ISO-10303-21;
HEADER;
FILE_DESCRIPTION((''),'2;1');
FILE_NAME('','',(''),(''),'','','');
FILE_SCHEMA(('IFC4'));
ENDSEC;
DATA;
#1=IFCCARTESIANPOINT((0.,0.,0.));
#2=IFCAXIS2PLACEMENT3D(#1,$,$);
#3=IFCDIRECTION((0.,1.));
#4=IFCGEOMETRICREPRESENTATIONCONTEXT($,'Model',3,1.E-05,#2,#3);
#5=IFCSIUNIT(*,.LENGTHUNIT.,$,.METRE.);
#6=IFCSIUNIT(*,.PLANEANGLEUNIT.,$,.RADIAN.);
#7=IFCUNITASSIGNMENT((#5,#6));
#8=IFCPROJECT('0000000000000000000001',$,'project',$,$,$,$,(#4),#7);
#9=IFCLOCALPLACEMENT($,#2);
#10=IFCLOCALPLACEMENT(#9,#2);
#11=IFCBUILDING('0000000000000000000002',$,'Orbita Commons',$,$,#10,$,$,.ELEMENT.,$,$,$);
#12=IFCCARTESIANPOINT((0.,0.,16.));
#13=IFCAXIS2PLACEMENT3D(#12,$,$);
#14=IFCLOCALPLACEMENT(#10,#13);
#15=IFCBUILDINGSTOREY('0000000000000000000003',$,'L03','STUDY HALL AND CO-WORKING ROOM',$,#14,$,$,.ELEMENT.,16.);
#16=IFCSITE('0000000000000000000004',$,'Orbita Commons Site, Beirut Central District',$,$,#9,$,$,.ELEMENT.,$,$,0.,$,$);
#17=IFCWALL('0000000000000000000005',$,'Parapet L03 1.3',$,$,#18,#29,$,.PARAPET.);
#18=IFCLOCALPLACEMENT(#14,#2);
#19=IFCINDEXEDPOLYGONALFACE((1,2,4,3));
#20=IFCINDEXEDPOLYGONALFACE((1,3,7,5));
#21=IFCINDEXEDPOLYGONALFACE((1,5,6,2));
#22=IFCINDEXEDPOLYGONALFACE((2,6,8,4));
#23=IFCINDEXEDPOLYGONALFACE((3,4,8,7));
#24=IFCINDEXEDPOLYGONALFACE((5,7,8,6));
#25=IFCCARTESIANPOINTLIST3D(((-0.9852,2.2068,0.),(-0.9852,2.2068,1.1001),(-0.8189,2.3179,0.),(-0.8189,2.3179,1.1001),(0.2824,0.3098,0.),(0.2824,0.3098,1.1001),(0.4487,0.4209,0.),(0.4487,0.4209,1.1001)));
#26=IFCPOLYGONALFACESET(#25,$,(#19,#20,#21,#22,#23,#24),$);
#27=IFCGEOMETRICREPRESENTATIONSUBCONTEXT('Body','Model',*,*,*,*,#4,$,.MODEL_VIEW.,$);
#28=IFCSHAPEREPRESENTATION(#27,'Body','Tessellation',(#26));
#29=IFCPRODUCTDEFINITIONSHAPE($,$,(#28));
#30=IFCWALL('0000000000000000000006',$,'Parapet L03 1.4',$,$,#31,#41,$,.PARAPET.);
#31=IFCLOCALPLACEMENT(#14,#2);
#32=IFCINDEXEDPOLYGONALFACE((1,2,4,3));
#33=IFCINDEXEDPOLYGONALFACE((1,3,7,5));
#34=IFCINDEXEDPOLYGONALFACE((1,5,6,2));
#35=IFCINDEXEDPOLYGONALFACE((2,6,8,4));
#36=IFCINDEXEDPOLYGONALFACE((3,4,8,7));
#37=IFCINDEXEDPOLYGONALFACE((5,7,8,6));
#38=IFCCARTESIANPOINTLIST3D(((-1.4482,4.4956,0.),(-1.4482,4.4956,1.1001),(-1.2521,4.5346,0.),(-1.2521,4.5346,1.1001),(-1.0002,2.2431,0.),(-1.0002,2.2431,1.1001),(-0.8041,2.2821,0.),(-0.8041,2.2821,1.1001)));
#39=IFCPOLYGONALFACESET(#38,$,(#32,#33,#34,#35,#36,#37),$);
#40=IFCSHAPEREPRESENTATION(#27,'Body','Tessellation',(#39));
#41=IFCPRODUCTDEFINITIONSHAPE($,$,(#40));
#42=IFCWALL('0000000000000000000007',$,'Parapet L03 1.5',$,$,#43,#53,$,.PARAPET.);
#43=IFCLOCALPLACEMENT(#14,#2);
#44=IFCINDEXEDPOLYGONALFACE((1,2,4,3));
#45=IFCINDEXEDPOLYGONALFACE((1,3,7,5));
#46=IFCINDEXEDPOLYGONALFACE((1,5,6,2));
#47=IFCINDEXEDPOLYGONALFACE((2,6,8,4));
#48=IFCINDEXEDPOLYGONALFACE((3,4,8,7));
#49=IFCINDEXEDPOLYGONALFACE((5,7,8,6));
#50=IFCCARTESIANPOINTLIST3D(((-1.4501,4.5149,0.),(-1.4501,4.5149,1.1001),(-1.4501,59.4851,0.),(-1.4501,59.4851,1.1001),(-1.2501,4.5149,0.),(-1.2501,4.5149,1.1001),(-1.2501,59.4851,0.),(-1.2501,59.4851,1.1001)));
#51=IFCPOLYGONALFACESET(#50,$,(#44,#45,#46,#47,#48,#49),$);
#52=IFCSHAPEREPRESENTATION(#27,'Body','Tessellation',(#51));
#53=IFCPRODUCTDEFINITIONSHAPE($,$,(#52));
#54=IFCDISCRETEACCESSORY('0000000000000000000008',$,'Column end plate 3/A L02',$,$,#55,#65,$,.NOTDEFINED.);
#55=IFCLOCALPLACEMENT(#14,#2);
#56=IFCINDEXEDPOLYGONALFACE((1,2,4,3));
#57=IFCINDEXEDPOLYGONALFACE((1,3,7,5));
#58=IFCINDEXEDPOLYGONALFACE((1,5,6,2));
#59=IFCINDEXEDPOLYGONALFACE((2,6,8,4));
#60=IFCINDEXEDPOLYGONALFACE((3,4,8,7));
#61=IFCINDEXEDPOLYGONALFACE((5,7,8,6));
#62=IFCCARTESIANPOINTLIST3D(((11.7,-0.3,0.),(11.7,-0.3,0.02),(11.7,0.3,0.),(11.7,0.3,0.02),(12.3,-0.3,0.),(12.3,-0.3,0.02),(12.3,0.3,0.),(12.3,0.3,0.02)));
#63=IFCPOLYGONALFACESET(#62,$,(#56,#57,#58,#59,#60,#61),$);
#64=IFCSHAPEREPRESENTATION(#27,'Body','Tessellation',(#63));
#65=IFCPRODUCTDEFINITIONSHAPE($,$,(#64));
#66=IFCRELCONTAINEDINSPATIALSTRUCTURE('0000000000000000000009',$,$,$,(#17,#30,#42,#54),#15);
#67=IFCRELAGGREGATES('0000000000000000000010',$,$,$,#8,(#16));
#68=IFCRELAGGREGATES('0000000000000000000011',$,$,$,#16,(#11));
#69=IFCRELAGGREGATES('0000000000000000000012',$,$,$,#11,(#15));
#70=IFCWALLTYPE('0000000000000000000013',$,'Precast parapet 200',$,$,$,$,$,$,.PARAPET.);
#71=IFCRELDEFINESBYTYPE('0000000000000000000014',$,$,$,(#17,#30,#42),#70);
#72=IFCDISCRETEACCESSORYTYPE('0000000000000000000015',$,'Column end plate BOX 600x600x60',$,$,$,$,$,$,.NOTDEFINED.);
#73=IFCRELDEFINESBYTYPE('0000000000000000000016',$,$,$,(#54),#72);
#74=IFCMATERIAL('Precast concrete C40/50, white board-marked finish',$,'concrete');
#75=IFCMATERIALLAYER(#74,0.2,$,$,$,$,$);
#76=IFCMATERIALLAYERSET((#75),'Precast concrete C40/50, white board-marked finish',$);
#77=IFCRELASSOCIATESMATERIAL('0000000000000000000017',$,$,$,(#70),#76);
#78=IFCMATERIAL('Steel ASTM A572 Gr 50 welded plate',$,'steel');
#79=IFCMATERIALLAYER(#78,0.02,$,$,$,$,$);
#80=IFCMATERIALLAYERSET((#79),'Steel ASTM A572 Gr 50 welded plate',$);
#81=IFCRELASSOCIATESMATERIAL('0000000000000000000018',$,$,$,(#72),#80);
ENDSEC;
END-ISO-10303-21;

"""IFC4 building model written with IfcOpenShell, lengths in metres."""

from ifc_helpers import new_model, si_unit, direction, frame, frame_2d, origin, origin_2d, place, context, subcontext, project, spatial, rectangle, extrude, material, layer, layer_set, type_object, element, save


model = new_model("IFC4")

# Units and contexts
model_context = context("Model", 3, precision=1e-05, world=origin(), true_north=direction((0.0, 1.0)))
body_context = subcontext(model_context, "Body", "Model", "MODEL_VIEW")
ifc_project = project(units=[si_unit("LENGTHUNIT", "METRE"), si_unit("PLANEANGLEUNIT", "RADIAN")], contexts=[model_context])

# Site, building, storey
site_placement = place(None, origin())
site = spatial("IfcSite", under=ifc_project, at=site_placement, Name="Orbita Commons Site, Beirut Central District", CompositionType="ELEMENT", RefElevation=0.0)
building_placement = place(site_placement, origin())
building = spatial("IfcBuilding", under=site, at=building_placement, Name="Orbita Commons", CompositionType="ELEMENT")
storey_placement = place(building_placement, frame((0.0, 0.0, 16.0)))
storey = spatial("IfcBuildingStorey", under=building, at=storey_placement, Name="L03", Description="STUDY HALL AND CO-WORKING ROOM", CompositionType="ELEMENT", Elevation=16.0)

# Walls
ifc_material_1 = material(Name="Precast concrete C40/50, white board-marked finish", Category="concrete")
ifc_layer_1 = layer(ifc_material_1, 0.2)
ifc_layer_set_1 = layer_set([ifc_layer_1], Name="Precast concrete C40/50, white board-marked finish")
wall_type_1 = type_object("IfcWallType", Name="Precast parapet 200", PredefinedType="PARAPET", material=ifc_layer_set_1)
for number, where, z_axis, x_axis, name in (
    (1, (0.3655, 0.3655, 0.0), (0.0, 0.0, 1.0), (-0.555589, 0.831457, 0.0), "Parapet L03 1.3"),
):
    element("IfcWall", number, at=place(storey_placement, frame(where, z_axis=z_axis, x_axis=x_axis)), inside=storey, type_object=wall_type_1, Name=name, PredefinedType="PARAPET", context=body_context, shape_type="SweptSolid", body=[
        extrude(rectangle(XDim=2.2815, YDim=0.2, at=frame_2d((1.1406, 0.0))), origin(), (0.0, 0.0, 1.0), 1.1001),
    ])
wall_1_placement = place(storey_placement, frame((-0.9021, 2.2625, 0.0), z_axis=(0.0, 0.0, 1.0), x_axis=(-0.195073, 0.980789, 0.0)))
element("IfcWall", 2, at=wall_1_placement, inside=storey, type_object=wall_type_1, Name="Parapet L03 1.4", PredefinedType="PARAPET", context=body_context, shape_type="SweptSolid", body=[
    extrude(rectangle(XDim=2.2966, YDim=0.2, at=frame_2d((1.1484, 0.0))), origin(), (0.0, 0.0, 1.0), 1.1001),
])
wall_2_placement = place(storey_placement, frame((-1.3501, 4.5149, 0.0), z_axis=(0.0, 0.0, 1.0), x_axis=(0.0, 1.0, 0.0)))
element("IfcWall", 3, at=wall_2_placement, inside=storey, type_object=wall_type_1, Name="Parapet L03 1.5", PredefinedType="PARAPET", context=body_context, shape_type="SweptSolid", body=[
    extrude(rectangle(XDim=54.9702, YDim=0.2, at=frame_2d((27.4851, 0.0))), origin(), (0.0, 0.0, 1.0), 1.1001),
])

# Discrete accessory
ifc_material_2 = material(Name="Steel ASTM A572 Gr 50 welded plate", Category="steel")
ifc_layer_2 = layer(ifc_material_2, 0.02)
ifc_layer_set_2 = layer_set([ifc_layer_2], Name="Steel ASTM A572 Gr 50 welded plate")
discrete_accessory_type = type_object("IfcDiscreteAccessoryType", Name="Column end plate BOX 600x600x60", PredefinedType="NOTDEFINED", material=ifc_layer_set_2)
discrete_accessory_placement = place(storey_placement, frame((12.0, 0.0, 0.0), z_axis=(0.0, 0.0, 1.0), x_axis=(1.0, 0.0, 0.0)))
element("IfcDiscreteAccessory", 4, at=discrete_accessory_placement, inside=storey, type_object=discrete_accessory_type, Name="Column end plate 3/A L02", PredefinedType="NOTDEFINED", context=body_context, shape_type="SweptSolid", body=[
    extrude(rectangle(XDim=0.6001, YDim=0.6001, at=origin_2d()), origin(), (0.0, 0.0, 1.0), 0.02),
])

save(model, "model.ifc")
